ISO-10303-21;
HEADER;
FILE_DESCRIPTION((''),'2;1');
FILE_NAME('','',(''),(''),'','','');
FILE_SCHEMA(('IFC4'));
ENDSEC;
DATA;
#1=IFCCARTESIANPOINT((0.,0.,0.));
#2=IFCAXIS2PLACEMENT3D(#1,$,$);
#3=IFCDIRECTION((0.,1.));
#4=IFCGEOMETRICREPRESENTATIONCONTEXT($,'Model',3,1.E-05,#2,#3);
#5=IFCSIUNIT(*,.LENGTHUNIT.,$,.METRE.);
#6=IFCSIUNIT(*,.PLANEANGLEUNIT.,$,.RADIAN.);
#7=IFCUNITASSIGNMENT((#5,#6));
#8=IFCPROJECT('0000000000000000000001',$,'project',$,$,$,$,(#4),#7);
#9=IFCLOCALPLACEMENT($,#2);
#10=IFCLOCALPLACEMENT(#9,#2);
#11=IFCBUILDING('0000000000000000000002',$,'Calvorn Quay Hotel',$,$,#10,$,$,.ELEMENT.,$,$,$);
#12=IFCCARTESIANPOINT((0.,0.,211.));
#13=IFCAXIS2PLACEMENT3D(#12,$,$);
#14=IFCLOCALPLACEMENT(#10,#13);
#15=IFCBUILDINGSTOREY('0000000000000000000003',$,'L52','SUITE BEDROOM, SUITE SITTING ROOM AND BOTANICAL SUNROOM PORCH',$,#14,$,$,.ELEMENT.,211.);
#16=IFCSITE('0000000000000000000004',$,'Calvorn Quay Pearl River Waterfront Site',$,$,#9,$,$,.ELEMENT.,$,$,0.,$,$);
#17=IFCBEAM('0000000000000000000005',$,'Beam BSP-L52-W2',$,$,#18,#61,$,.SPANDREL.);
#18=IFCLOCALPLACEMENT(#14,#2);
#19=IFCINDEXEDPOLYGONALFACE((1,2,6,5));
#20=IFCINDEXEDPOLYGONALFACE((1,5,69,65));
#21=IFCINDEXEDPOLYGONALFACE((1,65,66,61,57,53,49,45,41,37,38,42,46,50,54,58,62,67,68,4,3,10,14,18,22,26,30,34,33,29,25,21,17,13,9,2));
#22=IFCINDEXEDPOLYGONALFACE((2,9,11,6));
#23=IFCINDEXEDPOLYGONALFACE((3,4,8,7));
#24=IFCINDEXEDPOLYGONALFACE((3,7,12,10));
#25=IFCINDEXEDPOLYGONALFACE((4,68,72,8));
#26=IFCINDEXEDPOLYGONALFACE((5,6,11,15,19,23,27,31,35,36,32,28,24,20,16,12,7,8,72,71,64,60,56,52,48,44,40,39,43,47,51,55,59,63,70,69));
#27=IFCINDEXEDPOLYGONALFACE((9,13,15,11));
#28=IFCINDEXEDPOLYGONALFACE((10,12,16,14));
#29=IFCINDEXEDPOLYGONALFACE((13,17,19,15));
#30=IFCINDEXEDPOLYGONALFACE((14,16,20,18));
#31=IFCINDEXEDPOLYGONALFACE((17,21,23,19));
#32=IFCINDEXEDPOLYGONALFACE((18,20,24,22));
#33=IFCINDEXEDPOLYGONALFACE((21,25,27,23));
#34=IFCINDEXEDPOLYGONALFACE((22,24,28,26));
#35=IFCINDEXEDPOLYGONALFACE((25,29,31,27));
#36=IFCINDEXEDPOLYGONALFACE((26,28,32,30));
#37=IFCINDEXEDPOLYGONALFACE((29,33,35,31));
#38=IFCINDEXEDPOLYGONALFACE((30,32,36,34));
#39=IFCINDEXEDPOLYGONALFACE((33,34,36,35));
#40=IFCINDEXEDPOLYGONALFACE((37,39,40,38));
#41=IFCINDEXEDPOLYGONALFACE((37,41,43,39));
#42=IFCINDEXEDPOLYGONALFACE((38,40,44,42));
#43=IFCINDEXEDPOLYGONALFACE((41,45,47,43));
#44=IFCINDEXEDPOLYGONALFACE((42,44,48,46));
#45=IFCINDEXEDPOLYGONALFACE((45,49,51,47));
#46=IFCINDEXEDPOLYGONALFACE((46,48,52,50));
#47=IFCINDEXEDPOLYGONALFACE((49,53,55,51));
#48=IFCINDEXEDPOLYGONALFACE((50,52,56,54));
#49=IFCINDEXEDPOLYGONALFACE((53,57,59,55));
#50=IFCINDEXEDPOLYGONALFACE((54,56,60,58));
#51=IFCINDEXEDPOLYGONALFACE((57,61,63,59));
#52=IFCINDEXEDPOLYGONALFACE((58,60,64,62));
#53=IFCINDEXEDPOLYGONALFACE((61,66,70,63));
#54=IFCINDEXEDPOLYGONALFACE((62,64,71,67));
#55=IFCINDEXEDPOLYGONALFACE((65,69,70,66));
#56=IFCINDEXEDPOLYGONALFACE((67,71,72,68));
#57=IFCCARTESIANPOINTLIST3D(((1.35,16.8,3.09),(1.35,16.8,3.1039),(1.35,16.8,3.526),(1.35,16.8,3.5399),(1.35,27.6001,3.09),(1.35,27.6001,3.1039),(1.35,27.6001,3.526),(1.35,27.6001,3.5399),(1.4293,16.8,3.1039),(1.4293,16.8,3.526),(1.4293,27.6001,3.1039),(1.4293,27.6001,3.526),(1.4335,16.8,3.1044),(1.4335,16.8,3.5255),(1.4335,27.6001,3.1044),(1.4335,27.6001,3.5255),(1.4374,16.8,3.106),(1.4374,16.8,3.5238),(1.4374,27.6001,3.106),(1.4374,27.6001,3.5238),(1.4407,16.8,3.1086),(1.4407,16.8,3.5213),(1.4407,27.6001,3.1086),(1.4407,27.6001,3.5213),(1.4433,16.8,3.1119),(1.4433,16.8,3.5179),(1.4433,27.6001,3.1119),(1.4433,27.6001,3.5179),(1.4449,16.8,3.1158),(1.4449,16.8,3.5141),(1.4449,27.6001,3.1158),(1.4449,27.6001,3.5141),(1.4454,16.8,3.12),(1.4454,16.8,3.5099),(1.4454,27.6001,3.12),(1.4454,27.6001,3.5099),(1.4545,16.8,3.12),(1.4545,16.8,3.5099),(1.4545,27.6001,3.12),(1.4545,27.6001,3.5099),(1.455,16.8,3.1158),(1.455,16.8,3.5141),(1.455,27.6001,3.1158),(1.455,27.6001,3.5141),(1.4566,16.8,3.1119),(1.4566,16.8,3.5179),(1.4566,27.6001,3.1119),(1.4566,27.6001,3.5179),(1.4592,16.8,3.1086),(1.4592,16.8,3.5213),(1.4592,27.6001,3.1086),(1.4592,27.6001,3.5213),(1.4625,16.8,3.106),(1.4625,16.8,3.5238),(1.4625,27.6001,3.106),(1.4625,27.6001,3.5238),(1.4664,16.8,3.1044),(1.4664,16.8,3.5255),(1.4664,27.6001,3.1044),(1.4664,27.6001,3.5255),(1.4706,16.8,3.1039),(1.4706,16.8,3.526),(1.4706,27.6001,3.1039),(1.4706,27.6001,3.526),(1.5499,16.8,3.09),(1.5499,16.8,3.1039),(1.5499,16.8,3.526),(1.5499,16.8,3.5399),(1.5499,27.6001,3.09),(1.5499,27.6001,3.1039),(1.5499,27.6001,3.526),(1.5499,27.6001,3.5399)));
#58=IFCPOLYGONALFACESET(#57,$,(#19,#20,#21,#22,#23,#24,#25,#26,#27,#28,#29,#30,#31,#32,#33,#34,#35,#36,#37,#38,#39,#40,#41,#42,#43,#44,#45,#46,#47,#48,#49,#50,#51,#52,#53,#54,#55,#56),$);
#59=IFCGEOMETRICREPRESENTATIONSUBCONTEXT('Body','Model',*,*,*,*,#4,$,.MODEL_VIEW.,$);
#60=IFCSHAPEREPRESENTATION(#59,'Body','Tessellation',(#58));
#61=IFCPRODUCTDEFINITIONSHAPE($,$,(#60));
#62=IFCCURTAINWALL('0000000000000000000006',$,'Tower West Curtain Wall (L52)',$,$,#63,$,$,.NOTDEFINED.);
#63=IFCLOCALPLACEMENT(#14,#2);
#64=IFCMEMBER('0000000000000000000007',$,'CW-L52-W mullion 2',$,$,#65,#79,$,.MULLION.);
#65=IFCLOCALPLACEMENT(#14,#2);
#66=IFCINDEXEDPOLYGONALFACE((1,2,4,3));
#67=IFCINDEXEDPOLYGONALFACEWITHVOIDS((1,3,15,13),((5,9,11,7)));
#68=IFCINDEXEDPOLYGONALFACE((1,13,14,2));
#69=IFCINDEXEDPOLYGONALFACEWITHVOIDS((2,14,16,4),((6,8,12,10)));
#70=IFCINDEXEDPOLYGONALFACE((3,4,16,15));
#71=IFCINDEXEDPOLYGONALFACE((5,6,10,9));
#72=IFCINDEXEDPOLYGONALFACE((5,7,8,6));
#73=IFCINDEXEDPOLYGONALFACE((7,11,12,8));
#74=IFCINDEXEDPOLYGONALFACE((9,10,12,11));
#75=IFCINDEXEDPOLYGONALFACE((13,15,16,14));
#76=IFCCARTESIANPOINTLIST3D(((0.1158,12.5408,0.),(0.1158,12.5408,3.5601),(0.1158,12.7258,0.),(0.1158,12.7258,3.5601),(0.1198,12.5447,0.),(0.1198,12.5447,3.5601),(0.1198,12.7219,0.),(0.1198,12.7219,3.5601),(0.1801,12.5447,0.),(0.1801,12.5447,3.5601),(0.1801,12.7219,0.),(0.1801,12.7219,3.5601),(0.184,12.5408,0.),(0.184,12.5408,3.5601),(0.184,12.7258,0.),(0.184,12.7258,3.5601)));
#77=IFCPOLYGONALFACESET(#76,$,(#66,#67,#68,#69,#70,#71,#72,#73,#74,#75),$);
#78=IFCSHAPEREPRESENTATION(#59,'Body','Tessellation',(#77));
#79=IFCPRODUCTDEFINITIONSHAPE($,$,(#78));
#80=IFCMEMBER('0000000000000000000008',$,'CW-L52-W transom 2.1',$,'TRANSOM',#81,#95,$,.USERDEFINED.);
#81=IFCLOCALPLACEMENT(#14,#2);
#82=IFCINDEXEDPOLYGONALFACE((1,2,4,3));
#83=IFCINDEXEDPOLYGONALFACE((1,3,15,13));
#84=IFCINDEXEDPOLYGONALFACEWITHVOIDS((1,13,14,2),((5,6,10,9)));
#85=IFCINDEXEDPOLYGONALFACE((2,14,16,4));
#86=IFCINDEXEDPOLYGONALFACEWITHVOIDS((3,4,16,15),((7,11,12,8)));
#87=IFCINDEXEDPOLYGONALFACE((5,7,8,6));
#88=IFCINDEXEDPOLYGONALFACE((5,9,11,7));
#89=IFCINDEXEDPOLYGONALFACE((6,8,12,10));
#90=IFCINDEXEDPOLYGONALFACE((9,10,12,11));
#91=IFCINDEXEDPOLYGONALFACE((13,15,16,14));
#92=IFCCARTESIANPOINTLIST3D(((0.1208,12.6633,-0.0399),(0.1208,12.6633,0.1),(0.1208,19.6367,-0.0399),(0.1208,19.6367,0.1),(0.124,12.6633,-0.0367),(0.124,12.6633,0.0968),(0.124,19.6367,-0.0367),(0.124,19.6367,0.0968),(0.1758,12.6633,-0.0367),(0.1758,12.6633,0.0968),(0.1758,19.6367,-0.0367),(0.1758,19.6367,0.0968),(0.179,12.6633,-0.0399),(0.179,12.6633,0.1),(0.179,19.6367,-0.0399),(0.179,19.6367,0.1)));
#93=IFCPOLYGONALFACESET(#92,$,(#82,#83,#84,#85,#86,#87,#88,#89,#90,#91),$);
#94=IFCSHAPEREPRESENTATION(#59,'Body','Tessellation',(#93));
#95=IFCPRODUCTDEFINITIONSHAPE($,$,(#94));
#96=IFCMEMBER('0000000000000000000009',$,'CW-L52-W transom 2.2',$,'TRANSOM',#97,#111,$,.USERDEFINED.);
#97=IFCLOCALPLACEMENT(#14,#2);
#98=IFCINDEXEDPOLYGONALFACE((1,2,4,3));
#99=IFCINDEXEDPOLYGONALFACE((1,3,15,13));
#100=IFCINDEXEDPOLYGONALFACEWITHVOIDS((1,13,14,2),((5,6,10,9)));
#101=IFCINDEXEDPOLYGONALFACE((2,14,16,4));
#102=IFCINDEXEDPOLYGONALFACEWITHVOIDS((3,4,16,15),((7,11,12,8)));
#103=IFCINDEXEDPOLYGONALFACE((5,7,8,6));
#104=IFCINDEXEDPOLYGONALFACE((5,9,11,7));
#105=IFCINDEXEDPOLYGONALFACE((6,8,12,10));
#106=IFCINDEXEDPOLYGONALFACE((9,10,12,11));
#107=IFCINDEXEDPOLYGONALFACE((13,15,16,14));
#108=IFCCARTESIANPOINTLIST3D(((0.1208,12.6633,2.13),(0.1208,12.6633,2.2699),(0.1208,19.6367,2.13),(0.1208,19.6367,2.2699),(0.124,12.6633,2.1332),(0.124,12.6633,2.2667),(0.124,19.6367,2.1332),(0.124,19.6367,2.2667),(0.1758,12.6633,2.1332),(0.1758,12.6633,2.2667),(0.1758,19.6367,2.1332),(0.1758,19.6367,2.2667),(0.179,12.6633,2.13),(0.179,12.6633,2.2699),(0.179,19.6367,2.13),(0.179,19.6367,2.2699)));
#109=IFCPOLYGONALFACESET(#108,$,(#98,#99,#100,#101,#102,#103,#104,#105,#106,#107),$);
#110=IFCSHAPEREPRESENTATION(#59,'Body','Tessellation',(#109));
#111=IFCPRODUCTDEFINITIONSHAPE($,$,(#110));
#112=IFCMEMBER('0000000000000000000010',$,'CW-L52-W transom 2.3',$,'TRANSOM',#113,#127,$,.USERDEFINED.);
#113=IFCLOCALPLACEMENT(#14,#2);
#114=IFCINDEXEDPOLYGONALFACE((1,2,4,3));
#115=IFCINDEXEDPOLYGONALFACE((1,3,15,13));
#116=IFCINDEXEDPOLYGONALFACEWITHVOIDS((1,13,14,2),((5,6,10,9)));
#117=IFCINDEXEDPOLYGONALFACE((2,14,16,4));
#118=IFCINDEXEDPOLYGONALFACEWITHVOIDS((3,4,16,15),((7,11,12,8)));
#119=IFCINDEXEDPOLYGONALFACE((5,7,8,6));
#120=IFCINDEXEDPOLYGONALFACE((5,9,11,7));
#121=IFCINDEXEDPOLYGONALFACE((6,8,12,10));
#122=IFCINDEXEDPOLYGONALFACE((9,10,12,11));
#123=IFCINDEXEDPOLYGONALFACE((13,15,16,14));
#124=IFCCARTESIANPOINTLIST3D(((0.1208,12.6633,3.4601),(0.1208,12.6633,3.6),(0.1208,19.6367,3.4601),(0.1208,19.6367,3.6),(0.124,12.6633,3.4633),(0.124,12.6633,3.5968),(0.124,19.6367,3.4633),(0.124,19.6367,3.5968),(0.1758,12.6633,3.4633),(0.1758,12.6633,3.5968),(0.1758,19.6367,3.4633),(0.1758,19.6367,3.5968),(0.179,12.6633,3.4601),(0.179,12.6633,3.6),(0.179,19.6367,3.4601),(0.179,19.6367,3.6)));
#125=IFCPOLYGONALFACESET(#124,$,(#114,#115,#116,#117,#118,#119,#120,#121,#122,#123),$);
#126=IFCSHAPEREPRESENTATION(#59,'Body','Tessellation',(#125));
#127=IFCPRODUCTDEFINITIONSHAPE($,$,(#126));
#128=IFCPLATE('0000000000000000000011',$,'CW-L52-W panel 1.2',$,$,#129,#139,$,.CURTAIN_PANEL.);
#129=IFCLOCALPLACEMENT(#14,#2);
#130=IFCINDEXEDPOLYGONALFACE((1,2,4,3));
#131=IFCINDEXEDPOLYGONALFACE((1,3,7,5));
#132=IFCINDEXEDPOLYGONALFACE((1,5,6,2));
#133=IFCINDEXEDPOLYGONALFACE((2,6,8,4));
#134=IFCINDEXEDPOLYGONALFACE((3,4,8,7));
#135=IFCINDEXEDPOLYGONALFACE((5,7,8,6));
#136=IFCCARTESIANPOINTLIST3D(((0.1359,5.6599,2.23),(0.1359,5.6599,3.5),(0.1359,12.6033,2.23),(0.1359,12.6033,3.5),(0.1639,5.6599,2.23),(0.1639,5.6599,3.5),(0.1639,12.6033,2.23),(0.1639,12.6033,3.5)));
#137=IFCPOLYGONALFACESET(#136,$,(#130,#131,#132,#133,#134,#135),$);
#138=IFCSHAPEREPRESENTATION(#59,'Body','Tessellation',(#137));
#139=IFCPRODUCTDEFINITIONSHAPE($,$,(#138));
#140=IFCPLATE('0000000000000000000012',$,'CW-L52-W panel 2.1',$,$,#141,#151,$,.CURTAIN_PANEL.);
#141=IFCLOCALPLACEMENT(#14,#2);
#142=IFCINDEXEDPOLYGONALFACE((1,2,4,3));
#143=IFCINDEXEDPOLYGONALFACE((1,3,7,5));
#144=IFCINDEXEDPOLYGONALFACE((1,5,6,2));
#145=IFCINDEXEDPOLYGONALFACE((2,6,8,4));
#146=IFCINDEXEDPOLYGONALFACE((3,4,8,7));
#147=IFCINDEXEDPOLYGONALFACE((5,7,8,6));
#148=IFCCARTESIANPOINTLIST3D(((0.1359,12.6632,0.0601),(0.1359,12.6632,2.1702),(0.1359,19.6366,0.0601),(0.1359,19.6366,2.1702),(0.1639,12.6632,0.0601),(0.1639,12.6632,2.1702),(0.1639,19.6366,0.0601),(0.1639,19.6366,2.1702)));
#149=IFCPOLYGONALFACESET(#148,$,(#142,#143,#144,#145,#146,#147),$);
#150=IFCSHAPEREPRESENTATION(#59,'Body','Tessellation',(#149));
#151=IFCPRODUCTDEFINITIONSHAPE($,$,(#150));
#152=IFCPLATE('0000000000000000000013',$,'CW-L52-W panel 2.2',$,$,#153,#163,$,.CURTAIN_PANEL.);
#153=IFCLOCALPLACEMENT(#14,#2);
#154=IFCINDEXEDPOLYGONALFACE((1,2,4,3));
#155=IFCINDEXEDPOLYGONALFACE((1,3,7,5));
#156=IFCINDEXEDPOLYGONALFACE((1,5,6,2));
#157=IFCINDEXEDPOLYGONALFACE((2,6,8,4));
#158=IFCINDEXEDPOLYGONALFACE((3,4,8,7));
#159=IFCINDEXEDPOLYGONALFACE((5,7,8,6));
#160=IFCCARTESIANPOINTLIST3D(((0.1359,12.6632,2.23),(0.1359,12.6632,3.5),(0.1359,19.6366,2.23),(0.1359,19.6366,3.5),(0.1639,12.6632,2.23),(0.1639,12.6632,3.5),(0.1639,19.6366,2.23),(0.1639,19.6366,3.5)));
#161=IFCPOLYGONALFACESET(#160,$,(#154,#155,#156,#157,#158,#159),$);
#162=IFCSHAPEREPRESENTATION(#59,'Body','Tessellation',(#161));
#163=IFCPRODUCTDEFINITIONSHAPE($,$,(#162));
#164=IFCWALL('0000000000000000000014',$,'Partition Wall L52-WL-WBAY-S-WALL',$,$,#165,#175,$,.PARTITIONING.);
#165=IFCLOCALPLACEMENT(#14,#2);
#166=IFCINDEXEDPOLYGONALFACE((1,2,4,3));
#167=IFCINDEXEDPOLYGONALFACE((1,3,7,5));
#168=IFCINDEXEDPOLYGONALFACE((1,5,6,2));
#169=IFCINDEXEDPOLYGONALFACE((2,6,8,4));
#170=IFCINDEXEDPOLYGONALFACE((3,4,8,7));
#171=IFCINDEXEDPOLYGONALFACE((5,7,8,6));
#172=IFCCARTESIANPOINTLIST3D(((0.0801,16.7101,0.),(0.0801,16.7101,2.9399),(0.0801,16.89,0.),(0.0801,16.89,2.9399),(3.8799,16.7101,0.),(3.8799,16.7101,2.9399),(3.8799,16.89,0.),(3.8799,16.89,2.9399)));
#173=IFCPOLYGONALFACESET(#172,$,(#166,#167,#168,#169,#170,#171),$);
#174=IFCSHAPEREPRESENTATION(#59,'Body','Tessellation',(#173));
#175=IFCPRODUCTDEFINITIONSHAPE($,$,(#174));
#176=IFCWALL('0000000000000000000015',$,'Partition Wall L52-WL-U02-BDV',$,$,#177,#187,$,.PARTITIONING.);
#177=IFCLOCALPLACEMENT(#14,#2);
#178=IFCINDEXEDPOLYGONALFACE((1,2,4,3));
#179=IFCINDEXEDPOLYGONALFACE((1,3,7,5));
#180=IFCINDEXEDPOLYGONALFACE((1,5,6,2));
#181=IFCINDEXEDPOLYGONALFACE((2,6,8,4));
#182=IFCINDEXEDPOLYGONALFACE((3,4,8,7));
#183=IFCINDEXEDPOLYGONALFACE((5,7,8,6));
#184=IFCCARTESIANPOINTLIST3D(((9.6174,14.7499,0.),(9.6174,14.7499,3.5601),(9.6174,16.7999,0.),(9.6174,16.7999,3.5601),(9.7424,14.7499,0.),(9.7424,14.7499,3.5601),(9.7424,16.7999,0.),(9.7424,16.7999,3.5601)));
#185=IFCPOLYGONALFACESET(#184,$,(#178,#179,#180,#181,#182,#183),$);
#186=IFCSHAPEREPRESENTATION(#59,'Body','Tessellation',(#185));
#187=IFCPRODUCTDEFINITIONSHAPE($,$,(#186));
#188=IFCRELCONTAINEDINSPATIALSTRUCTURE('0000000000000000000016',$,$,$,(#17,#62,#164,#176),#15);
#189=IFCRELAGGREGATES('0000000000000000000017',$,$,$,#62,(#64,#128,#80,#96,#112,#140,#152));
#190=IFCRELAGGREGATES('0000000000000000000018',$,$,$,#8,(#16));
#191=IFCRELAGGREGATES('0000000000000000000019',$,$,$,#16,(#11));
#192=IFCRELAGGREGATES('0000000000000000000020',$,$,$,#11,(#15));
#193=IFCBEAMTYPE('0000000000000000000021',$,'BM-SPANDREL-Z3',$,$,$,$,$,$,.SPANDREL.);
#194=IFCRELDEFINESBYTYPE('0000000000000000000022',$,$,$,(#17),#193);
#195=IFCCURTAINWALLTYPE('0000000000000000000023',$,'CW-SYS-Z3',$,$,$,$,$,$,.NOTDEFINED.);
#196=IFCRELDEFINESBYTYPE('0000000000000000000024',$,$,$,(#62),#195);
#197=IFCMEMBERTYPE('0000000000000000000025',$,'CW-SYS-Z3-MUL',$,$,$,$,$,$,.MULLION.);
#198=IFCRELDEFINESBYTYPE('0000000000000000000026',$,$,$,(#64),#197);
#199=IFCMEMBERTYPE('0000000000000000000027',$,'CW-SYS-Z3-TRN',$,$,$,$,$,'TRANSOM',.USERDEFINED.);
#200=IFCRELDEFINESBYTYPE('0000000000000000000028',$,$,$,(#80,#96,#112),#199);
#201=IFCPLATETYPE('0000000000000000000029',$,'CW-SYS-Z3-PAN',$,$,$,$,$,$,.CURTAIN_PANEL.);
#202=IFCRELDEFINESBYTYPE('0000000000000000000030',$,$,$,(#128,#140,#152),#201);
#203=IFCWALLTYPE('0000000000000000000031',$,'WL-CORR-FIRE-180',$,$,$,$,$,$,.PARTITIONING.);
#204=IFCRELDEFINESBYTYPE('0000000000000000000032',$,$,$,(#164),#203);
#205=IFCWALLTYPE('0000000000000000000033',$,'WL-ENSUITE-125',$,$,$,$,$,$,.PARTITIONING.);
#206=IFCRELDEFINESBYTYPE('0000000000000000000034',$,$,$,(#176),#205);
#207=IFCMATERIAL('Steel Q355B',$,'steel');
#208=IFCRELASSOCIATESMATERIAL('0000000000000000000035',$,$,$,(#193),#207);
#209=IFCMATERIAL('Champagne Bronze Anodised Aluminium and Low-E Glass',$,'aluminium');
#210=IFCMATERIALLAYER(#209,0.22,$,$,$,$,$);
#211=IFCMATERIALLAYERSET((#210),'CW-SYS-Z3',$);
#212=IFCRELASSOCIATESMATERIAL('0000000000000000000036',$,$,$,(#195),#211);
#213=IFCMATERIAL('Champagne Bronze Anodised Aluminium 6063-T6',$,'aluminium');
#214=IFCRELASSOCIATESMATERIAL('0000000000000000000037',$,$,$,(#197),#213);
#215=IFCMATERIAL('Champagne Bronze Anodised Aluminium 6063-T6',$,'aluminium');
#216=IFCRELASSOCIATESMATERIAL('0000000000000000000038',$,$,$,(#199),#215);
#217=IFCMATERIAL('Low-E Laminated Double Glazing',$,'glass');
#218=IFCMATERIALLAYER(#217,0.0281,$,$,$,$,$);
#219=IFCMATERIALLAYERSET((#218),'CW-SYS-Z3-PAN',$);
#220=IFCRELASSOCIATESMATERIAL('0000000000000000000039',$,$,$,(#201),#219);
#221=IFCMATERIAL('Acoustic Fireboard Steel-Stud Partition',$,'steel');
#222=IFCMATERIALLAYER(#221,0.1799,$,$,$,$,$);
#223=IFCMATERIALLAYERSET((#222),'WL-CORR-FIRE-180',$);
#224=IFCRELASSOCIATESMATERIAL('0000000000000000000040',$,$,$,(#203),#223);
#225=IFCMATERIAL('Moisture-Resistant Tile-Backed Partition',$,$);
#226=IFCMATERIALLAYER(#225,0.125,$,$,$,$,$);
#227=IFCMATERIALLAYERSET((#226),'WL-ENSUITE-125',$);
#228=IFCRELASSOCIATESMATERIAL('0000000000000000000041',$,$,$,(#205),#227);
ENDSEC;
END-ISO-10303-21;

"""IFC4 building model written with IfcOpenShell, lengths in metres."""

from ifc_helpers import new_model, si_unit, direction, frame, frame_2d, origin, origin_2d, place, context, subcontext, project, spatial, rectangle, hollow_rectangle, i_section, extrude, material, layer, layer_set, material_profile, profile_set, type_object, element, aggregate, save


model = new_model("IFC4")

# Units and contexts
model_context = context("Model", 3, precision=1e-05, world=origin(), true_north=direction((0.0, 1.0)))
body_context = subcontext(model_context, "Body", "Model", "MODEL_VIEW")
ifc_project = project(units=[si_unit("LENGTHUNIT", "METRE"), si_unit("PLANEANGLEUNIT", "RADIAN")], contexts=[model_context])

# Site, building, storey
site_placement = place(None, origin())
site = spatial("IfcSite", under=ifc_project, at=site_placement, Name="Calvorn Quay Pearl River Waterfront Site", CompositionType="ELEMENT", RefElevation=0.0)
building_placement = place(site_placement, origin())
building = spatial("IfcBuilding", under=site, at=building_placement, Name="Calvorn Quay Hotel", CompositionType="ELEMENT")
storey_placement = place(building_placement, frame((0.0, 0.0, 211.0)))
storey = spatial("IfcBuildingStorey", under=building, at=storey_placement, Name="L52", Description="SUITE BEDROOM, SUITE SITTING ROOM AND BOTANICAL SUNROOM PORCH", CompositionType="ELEMENT", Elevation=211.0)

# Beam
ifc_material_1 = material(Name="Steel Q355B", Category="steel")
ifc_material_profile_1 = material_profile(ifc_material_1, i_section(OverallWidth=0.2, OverallDepth=0.45, WebThickness=0.009, FlangeThickness=0.0139, FilletRadius=0.0161, at=origin_2d()), Name="HN450x200x9x14")
ifc_profile_set_1 = profile_set([ifc_material_profile_1], Name="Steel Q355B")
beam_type_1 = type_object("IfcBeamType", Name="BM-SPANDREL-Z3", PredefinedType="SPANDREL", material=ifc_profile_set_1)
beam_1_placement = place(storey_placement, frame((1.45, 16.8, 3.3149), z_axis=(0.0, 1.0, 0.0), x_axis=(-1.0, 0.0, 0.0)))
element("IfcBeam", 1, at=beam_1_placement, inside=storey, type_object=beam_type_1, Name="Beam BSP-L52-W2", PredefinedType="SPANDREL", context=body_context, shape_type="SweptSolid", body=[
    extrude(i_section(OverallWidth=0.2, OverallDepth=0.45, WebThickness=0.009, FlangeThickness=0.0139, FilletRadius=0.0161, at=origin_2d()), origin(), (0.0, 0.0, 1.0), 10.8),
])

# Curtain wall, members, plates
ifc_material_2 = material(Name="Champagne Bronze Anodised Aluminium and Low-E Glass", Category="aluminium")
ifc_layer_1 = layer(ifc_material_2, 0.22)
ifc_layer_set_1 = layer_set([ifc_layer_1], Name="CW-SYS-Z3")
curtain_wall_type = type_object("IfcCurtainWallType", Name="CW-SYS-Z3", PredefinedType="NOTDEFINED", material=ifc_layer_set_1)
curtain_wall_placement = place(storey_placement, origin())
curtain_wall = element("IfcCurtainWall", 2, at=curtain_wall_placement, inside=storey, type_object=curtain_wall_type, Name="Tower West Curtain Wall (L52)", PredefinedType="NOTDEFINED")
ifc_material_3 = material(Name="Champagne Bronze Anodised Aluminium 6063-T6", Category="aluminium")
ifc_material_profile_2 = material_profile(ifc_material_3, hollow_rectangle(XDim=0.0681, YDim=0.1851, WallThickness=0.0039, at=origin_2d()), Name="ALU-M185x68x4")
ifc_profile_set_2 = profile_set([ifc_material_profile_2], Name="Champagne Bronze Anodised Aluminium 6063-T6")
member_type_1 = type_object("IfcMemberType", Name="CW-SYS-Z3-MUL", PredefinedType="MULLION", material=ifc_profile_set_2)
member_1_placement = place(storey_placement, frame((0.1499, 12.6333, 0.0), z_axis=(0.0, 0.0, 1.0), x_axis=(-1.0, 0.0, 0.0)))
member_1 = element("IfcMember", 3, at=member_1_placement, type_object=member_type_1, Name="CW-L52-W mullion 2", PredefinedType="MULLION", context=body_context, shape_type="SweptSolid", body=[
    extrude(hollow_rectangle(XDim=0.0681, YDim=0.1851, WallThickness=0.0039, at=origin_2d()), origin(), (0.0, 0.0, 1.0), 3.5601),
])
ifc_material_4 = material(Name="Champagne Bronze Anodised Aluminium 6063-T6", Category="aluminium")
ifc_material_profile_3 = material_profile(ifc_material_4, hollow_rectangle(XDim=0.0581, YDim=0.1399, WallThickness=0.0032, at=origin_2d()), Name="ALU-T140x58x3.2")
ifc_profile_set_3 = profile_set([ifc_material_profile_3], Name="Champagne Bronze Anodised Aluminium 6063-T6")
member_type_2 = type_object("IfcMemberType", Name="CW-SYS-Z3-TRN", ElementType="TRANSOM", PredefinedType="USERDEFINED", material=ifc_profile_set_3)
member_2_placement = place(storey_placement, frame((0.1499, 12.6633, 0.03), z_axis=(0.0, 1.0, 0.0), x_axis=(-1.0, 0.0, 0.0)))
member_2 = element("IfcMember", 4, at=member_2_placement, type_object=member_type_2, Name="CW-L52-W transom 2.1", ObjectType="TRANSOM", PredefinedType="USERDEFINED", context=body_context, shape_type="SweptSolid", body=[
    extrude(hollow_rectangle(XDim=0.0581, YDim=0.1399, WallThickness=0.0032, at=origin_2d()), origin(), (0.0, 0.0, 1.0), 6.9734),
])
member_3_placement = place(storey_placement, frame((0.1499, 12.6633, 2.2), z_axis=(0.0, 1.0, 0.0), x_axis=(-1.0, 0.0, 0.0)))
member_3 = element("IfcMember", 5, at=member_3_placement, type_object=member_type_2, Name="CW-L52-W transom 2.2", ObjectType="TRANSOM", PredefinedType="USERDEFINED", context=body_context, shape_type="SweptSolid", body=[
    extrude(hollow_rectangle(XDim=0.0581, YDim=0.1399, WallThickness=0.0032, at=origin_2d()), origin(), (0.0, 0.0, 1.0), 6.9734),
])
member_4_placement = place(storey_placement, frame((0.1499, 12.6633, 3.53), z_axis=(0.0, 1.0, 0.0), x_axis=(-1.0, 0.0, 0.0)))
member_4 = element("IfcMember", 6, at=member_4_placement, type_object=member_type_2, Name="CW-L52-W transom 2.3", ObjectType="TRANSOM", PredefinedType="USERDEFINED", context=body_context, shape_type="SweptSolid", body=[
    extrude(hollow_rectangle(XDim=0.0581, YDim=0.1399, WallThickness=0.0032, at=origin_2d()), origin(), (0.0, 0.0, 1.0), 6.9734),
])
ifc_material_5 = material(Name="Low-E Laminated Double Glazing", Category="glass")
ifc_layer_2 = layer(ifc_material_5, 0.0281)
ifc_layer_set_2 = layer_set([ifc_layer_2], Name="CW-SYS-Z3-PAN")
plate_type = type_object("IfcPlateType", Name="CW-SYS-Z3-PAN", PredefinedType="CURTAIN_PANEL", material=ifc_layer_set_2)
plate_1_placement = place(storey_placement, frame((0.1499, 9.1316, 2.23), z_axis=(0.0, 0.0, 1.0), x_axis=(0.0, 1.0, 0.0)))
plate_1 = element("IfcPlate", 7, at=plate_1_placement, type_object=plate_type, Name="CW-L52-W panel 1.2", PredefinedType="CURTAIN_PANEL", context=body_context, shape_type="SweptSolid", body=[
    extrude(rectangle(XDim=6.9434, YDim=0.0281, at=origin_2d()), origin(), (0.0, 0.0, 1.0), 1.27),
])
plate_2_placement = place(storey_placement, frame((0.1499, 16.1499, 0.0601), z_axis=(0.0, 0.0, 1.0), x_axis=(0.0, 1.0, 0.0)))
plate_2 = element("IfcPlate", 8, at=plate_2_placement, type_object=plate_type, Name="CW-L52-W panel 2.1", PredefinedType="CURTAIN_PANEL", context=body_context, shape_type="SweptSolid", body=[
    extrude(rectangle(XDim=6.9734, YDim=0.0281, at=origin_2d()), origin(), (0.0, 0.0, 1.0), 2.1101),
])
plate_3_placement = place(storey_placement, frame((0.1499, 16.1499, 2.23), z_axis=(0.0, 0.0, 1.0), x_axis=(0.0, 1.0, 0.0)))
plate_3 = element("IfcPlate", 9, at=plate_3_placement, type_object=plate_type, Name="CW-L52-W panel 2.2", PredefinedType="CURTAIN_PANEL", context=body_context, shape_type="SweptSolid", body=[
    extrude(rectangle(XDim=6.9734, YDim=0.0281, at=origin_2d()), origin(), (0.0, 0.0, 1.0), 1.27),
])
aggregate(curtain_wall, [member_1, plate_1, member_2, member_3, member_4, plate_2, plate_3])

# Walls
ifc_material_6 = material(Name="Acoustic Fireboard Steel-Stud Partition", Category="steel")
ifc_layer_3 = layer(ifc_material_6, 0.1799)
ifc_layer_set_3 = layer_set([ifc_layer_3], Name="WL-CORR-FIRE-180")
wall_type_1 = type_object("IfcWallType", Name="WL-CORR-FIRE-180", PredefinedType="PARTITIONING", material=ifc_layer_set_3)
wall_1_placement = place(storey_placement, frame((0.0801, 16.8, 0.0), z_axis=(0.0, 0.0, 1.0), x_axis=(1.0, 0.0, 0.0)))
element("IfcWall", 10, at=wall_1_placement, inside=storey, type_object=wall_type_1, Name="Partition Wall L52-WL-WBAY-S-WALL", PredefinedType="PARTITIONING", context=body_context, shape_type="SweptSolid", body=[
    extrude(rectangle(XDim=3.7998, YDim=0.1799, at=frame_2d((1.8999, 0.0))), origin(), (0.0, 0.0, 1.0), 2.9399),
])
ifc_material_7 = material(Name="Moisture-Resistant Tile-Backed Partition")
ifc_layer_4 = layer(ifc_material_7, 0.125)
ifc_layer_set_4 = layer_set([ifc_layer_4], Name="WL-ENSUITE-125")
wall_type_2 = type_object("IfcWallType", Name="WL-ENSUITE-125", PredefinedType="PARTITIONING", material=ifc_layer_set_4)
wall_2_placement = place(storey_placement, frame((9.6799, 14.75, 0.0), z_axis=(0.0, 0.0, 1.0), x_axis=(0.0, 1.0, 0.0)))
element("IfcWall", 11, at=wall_2_placement, inside=storey, type_object=wall_type_2, Name="Partition Wall L52-WL-U02-BDV", PredefinedType="PARTITIONING", context=body_context, shape_type="SweptSolid", body=[
    extrude(rectangle(XDim=2.05, YDim=0.125, at=frame_2d((1.0249, 0.0))), origin(), (0.0, 0.0, 1.0), 3.5601),
])

save(model, "model.ifc")
